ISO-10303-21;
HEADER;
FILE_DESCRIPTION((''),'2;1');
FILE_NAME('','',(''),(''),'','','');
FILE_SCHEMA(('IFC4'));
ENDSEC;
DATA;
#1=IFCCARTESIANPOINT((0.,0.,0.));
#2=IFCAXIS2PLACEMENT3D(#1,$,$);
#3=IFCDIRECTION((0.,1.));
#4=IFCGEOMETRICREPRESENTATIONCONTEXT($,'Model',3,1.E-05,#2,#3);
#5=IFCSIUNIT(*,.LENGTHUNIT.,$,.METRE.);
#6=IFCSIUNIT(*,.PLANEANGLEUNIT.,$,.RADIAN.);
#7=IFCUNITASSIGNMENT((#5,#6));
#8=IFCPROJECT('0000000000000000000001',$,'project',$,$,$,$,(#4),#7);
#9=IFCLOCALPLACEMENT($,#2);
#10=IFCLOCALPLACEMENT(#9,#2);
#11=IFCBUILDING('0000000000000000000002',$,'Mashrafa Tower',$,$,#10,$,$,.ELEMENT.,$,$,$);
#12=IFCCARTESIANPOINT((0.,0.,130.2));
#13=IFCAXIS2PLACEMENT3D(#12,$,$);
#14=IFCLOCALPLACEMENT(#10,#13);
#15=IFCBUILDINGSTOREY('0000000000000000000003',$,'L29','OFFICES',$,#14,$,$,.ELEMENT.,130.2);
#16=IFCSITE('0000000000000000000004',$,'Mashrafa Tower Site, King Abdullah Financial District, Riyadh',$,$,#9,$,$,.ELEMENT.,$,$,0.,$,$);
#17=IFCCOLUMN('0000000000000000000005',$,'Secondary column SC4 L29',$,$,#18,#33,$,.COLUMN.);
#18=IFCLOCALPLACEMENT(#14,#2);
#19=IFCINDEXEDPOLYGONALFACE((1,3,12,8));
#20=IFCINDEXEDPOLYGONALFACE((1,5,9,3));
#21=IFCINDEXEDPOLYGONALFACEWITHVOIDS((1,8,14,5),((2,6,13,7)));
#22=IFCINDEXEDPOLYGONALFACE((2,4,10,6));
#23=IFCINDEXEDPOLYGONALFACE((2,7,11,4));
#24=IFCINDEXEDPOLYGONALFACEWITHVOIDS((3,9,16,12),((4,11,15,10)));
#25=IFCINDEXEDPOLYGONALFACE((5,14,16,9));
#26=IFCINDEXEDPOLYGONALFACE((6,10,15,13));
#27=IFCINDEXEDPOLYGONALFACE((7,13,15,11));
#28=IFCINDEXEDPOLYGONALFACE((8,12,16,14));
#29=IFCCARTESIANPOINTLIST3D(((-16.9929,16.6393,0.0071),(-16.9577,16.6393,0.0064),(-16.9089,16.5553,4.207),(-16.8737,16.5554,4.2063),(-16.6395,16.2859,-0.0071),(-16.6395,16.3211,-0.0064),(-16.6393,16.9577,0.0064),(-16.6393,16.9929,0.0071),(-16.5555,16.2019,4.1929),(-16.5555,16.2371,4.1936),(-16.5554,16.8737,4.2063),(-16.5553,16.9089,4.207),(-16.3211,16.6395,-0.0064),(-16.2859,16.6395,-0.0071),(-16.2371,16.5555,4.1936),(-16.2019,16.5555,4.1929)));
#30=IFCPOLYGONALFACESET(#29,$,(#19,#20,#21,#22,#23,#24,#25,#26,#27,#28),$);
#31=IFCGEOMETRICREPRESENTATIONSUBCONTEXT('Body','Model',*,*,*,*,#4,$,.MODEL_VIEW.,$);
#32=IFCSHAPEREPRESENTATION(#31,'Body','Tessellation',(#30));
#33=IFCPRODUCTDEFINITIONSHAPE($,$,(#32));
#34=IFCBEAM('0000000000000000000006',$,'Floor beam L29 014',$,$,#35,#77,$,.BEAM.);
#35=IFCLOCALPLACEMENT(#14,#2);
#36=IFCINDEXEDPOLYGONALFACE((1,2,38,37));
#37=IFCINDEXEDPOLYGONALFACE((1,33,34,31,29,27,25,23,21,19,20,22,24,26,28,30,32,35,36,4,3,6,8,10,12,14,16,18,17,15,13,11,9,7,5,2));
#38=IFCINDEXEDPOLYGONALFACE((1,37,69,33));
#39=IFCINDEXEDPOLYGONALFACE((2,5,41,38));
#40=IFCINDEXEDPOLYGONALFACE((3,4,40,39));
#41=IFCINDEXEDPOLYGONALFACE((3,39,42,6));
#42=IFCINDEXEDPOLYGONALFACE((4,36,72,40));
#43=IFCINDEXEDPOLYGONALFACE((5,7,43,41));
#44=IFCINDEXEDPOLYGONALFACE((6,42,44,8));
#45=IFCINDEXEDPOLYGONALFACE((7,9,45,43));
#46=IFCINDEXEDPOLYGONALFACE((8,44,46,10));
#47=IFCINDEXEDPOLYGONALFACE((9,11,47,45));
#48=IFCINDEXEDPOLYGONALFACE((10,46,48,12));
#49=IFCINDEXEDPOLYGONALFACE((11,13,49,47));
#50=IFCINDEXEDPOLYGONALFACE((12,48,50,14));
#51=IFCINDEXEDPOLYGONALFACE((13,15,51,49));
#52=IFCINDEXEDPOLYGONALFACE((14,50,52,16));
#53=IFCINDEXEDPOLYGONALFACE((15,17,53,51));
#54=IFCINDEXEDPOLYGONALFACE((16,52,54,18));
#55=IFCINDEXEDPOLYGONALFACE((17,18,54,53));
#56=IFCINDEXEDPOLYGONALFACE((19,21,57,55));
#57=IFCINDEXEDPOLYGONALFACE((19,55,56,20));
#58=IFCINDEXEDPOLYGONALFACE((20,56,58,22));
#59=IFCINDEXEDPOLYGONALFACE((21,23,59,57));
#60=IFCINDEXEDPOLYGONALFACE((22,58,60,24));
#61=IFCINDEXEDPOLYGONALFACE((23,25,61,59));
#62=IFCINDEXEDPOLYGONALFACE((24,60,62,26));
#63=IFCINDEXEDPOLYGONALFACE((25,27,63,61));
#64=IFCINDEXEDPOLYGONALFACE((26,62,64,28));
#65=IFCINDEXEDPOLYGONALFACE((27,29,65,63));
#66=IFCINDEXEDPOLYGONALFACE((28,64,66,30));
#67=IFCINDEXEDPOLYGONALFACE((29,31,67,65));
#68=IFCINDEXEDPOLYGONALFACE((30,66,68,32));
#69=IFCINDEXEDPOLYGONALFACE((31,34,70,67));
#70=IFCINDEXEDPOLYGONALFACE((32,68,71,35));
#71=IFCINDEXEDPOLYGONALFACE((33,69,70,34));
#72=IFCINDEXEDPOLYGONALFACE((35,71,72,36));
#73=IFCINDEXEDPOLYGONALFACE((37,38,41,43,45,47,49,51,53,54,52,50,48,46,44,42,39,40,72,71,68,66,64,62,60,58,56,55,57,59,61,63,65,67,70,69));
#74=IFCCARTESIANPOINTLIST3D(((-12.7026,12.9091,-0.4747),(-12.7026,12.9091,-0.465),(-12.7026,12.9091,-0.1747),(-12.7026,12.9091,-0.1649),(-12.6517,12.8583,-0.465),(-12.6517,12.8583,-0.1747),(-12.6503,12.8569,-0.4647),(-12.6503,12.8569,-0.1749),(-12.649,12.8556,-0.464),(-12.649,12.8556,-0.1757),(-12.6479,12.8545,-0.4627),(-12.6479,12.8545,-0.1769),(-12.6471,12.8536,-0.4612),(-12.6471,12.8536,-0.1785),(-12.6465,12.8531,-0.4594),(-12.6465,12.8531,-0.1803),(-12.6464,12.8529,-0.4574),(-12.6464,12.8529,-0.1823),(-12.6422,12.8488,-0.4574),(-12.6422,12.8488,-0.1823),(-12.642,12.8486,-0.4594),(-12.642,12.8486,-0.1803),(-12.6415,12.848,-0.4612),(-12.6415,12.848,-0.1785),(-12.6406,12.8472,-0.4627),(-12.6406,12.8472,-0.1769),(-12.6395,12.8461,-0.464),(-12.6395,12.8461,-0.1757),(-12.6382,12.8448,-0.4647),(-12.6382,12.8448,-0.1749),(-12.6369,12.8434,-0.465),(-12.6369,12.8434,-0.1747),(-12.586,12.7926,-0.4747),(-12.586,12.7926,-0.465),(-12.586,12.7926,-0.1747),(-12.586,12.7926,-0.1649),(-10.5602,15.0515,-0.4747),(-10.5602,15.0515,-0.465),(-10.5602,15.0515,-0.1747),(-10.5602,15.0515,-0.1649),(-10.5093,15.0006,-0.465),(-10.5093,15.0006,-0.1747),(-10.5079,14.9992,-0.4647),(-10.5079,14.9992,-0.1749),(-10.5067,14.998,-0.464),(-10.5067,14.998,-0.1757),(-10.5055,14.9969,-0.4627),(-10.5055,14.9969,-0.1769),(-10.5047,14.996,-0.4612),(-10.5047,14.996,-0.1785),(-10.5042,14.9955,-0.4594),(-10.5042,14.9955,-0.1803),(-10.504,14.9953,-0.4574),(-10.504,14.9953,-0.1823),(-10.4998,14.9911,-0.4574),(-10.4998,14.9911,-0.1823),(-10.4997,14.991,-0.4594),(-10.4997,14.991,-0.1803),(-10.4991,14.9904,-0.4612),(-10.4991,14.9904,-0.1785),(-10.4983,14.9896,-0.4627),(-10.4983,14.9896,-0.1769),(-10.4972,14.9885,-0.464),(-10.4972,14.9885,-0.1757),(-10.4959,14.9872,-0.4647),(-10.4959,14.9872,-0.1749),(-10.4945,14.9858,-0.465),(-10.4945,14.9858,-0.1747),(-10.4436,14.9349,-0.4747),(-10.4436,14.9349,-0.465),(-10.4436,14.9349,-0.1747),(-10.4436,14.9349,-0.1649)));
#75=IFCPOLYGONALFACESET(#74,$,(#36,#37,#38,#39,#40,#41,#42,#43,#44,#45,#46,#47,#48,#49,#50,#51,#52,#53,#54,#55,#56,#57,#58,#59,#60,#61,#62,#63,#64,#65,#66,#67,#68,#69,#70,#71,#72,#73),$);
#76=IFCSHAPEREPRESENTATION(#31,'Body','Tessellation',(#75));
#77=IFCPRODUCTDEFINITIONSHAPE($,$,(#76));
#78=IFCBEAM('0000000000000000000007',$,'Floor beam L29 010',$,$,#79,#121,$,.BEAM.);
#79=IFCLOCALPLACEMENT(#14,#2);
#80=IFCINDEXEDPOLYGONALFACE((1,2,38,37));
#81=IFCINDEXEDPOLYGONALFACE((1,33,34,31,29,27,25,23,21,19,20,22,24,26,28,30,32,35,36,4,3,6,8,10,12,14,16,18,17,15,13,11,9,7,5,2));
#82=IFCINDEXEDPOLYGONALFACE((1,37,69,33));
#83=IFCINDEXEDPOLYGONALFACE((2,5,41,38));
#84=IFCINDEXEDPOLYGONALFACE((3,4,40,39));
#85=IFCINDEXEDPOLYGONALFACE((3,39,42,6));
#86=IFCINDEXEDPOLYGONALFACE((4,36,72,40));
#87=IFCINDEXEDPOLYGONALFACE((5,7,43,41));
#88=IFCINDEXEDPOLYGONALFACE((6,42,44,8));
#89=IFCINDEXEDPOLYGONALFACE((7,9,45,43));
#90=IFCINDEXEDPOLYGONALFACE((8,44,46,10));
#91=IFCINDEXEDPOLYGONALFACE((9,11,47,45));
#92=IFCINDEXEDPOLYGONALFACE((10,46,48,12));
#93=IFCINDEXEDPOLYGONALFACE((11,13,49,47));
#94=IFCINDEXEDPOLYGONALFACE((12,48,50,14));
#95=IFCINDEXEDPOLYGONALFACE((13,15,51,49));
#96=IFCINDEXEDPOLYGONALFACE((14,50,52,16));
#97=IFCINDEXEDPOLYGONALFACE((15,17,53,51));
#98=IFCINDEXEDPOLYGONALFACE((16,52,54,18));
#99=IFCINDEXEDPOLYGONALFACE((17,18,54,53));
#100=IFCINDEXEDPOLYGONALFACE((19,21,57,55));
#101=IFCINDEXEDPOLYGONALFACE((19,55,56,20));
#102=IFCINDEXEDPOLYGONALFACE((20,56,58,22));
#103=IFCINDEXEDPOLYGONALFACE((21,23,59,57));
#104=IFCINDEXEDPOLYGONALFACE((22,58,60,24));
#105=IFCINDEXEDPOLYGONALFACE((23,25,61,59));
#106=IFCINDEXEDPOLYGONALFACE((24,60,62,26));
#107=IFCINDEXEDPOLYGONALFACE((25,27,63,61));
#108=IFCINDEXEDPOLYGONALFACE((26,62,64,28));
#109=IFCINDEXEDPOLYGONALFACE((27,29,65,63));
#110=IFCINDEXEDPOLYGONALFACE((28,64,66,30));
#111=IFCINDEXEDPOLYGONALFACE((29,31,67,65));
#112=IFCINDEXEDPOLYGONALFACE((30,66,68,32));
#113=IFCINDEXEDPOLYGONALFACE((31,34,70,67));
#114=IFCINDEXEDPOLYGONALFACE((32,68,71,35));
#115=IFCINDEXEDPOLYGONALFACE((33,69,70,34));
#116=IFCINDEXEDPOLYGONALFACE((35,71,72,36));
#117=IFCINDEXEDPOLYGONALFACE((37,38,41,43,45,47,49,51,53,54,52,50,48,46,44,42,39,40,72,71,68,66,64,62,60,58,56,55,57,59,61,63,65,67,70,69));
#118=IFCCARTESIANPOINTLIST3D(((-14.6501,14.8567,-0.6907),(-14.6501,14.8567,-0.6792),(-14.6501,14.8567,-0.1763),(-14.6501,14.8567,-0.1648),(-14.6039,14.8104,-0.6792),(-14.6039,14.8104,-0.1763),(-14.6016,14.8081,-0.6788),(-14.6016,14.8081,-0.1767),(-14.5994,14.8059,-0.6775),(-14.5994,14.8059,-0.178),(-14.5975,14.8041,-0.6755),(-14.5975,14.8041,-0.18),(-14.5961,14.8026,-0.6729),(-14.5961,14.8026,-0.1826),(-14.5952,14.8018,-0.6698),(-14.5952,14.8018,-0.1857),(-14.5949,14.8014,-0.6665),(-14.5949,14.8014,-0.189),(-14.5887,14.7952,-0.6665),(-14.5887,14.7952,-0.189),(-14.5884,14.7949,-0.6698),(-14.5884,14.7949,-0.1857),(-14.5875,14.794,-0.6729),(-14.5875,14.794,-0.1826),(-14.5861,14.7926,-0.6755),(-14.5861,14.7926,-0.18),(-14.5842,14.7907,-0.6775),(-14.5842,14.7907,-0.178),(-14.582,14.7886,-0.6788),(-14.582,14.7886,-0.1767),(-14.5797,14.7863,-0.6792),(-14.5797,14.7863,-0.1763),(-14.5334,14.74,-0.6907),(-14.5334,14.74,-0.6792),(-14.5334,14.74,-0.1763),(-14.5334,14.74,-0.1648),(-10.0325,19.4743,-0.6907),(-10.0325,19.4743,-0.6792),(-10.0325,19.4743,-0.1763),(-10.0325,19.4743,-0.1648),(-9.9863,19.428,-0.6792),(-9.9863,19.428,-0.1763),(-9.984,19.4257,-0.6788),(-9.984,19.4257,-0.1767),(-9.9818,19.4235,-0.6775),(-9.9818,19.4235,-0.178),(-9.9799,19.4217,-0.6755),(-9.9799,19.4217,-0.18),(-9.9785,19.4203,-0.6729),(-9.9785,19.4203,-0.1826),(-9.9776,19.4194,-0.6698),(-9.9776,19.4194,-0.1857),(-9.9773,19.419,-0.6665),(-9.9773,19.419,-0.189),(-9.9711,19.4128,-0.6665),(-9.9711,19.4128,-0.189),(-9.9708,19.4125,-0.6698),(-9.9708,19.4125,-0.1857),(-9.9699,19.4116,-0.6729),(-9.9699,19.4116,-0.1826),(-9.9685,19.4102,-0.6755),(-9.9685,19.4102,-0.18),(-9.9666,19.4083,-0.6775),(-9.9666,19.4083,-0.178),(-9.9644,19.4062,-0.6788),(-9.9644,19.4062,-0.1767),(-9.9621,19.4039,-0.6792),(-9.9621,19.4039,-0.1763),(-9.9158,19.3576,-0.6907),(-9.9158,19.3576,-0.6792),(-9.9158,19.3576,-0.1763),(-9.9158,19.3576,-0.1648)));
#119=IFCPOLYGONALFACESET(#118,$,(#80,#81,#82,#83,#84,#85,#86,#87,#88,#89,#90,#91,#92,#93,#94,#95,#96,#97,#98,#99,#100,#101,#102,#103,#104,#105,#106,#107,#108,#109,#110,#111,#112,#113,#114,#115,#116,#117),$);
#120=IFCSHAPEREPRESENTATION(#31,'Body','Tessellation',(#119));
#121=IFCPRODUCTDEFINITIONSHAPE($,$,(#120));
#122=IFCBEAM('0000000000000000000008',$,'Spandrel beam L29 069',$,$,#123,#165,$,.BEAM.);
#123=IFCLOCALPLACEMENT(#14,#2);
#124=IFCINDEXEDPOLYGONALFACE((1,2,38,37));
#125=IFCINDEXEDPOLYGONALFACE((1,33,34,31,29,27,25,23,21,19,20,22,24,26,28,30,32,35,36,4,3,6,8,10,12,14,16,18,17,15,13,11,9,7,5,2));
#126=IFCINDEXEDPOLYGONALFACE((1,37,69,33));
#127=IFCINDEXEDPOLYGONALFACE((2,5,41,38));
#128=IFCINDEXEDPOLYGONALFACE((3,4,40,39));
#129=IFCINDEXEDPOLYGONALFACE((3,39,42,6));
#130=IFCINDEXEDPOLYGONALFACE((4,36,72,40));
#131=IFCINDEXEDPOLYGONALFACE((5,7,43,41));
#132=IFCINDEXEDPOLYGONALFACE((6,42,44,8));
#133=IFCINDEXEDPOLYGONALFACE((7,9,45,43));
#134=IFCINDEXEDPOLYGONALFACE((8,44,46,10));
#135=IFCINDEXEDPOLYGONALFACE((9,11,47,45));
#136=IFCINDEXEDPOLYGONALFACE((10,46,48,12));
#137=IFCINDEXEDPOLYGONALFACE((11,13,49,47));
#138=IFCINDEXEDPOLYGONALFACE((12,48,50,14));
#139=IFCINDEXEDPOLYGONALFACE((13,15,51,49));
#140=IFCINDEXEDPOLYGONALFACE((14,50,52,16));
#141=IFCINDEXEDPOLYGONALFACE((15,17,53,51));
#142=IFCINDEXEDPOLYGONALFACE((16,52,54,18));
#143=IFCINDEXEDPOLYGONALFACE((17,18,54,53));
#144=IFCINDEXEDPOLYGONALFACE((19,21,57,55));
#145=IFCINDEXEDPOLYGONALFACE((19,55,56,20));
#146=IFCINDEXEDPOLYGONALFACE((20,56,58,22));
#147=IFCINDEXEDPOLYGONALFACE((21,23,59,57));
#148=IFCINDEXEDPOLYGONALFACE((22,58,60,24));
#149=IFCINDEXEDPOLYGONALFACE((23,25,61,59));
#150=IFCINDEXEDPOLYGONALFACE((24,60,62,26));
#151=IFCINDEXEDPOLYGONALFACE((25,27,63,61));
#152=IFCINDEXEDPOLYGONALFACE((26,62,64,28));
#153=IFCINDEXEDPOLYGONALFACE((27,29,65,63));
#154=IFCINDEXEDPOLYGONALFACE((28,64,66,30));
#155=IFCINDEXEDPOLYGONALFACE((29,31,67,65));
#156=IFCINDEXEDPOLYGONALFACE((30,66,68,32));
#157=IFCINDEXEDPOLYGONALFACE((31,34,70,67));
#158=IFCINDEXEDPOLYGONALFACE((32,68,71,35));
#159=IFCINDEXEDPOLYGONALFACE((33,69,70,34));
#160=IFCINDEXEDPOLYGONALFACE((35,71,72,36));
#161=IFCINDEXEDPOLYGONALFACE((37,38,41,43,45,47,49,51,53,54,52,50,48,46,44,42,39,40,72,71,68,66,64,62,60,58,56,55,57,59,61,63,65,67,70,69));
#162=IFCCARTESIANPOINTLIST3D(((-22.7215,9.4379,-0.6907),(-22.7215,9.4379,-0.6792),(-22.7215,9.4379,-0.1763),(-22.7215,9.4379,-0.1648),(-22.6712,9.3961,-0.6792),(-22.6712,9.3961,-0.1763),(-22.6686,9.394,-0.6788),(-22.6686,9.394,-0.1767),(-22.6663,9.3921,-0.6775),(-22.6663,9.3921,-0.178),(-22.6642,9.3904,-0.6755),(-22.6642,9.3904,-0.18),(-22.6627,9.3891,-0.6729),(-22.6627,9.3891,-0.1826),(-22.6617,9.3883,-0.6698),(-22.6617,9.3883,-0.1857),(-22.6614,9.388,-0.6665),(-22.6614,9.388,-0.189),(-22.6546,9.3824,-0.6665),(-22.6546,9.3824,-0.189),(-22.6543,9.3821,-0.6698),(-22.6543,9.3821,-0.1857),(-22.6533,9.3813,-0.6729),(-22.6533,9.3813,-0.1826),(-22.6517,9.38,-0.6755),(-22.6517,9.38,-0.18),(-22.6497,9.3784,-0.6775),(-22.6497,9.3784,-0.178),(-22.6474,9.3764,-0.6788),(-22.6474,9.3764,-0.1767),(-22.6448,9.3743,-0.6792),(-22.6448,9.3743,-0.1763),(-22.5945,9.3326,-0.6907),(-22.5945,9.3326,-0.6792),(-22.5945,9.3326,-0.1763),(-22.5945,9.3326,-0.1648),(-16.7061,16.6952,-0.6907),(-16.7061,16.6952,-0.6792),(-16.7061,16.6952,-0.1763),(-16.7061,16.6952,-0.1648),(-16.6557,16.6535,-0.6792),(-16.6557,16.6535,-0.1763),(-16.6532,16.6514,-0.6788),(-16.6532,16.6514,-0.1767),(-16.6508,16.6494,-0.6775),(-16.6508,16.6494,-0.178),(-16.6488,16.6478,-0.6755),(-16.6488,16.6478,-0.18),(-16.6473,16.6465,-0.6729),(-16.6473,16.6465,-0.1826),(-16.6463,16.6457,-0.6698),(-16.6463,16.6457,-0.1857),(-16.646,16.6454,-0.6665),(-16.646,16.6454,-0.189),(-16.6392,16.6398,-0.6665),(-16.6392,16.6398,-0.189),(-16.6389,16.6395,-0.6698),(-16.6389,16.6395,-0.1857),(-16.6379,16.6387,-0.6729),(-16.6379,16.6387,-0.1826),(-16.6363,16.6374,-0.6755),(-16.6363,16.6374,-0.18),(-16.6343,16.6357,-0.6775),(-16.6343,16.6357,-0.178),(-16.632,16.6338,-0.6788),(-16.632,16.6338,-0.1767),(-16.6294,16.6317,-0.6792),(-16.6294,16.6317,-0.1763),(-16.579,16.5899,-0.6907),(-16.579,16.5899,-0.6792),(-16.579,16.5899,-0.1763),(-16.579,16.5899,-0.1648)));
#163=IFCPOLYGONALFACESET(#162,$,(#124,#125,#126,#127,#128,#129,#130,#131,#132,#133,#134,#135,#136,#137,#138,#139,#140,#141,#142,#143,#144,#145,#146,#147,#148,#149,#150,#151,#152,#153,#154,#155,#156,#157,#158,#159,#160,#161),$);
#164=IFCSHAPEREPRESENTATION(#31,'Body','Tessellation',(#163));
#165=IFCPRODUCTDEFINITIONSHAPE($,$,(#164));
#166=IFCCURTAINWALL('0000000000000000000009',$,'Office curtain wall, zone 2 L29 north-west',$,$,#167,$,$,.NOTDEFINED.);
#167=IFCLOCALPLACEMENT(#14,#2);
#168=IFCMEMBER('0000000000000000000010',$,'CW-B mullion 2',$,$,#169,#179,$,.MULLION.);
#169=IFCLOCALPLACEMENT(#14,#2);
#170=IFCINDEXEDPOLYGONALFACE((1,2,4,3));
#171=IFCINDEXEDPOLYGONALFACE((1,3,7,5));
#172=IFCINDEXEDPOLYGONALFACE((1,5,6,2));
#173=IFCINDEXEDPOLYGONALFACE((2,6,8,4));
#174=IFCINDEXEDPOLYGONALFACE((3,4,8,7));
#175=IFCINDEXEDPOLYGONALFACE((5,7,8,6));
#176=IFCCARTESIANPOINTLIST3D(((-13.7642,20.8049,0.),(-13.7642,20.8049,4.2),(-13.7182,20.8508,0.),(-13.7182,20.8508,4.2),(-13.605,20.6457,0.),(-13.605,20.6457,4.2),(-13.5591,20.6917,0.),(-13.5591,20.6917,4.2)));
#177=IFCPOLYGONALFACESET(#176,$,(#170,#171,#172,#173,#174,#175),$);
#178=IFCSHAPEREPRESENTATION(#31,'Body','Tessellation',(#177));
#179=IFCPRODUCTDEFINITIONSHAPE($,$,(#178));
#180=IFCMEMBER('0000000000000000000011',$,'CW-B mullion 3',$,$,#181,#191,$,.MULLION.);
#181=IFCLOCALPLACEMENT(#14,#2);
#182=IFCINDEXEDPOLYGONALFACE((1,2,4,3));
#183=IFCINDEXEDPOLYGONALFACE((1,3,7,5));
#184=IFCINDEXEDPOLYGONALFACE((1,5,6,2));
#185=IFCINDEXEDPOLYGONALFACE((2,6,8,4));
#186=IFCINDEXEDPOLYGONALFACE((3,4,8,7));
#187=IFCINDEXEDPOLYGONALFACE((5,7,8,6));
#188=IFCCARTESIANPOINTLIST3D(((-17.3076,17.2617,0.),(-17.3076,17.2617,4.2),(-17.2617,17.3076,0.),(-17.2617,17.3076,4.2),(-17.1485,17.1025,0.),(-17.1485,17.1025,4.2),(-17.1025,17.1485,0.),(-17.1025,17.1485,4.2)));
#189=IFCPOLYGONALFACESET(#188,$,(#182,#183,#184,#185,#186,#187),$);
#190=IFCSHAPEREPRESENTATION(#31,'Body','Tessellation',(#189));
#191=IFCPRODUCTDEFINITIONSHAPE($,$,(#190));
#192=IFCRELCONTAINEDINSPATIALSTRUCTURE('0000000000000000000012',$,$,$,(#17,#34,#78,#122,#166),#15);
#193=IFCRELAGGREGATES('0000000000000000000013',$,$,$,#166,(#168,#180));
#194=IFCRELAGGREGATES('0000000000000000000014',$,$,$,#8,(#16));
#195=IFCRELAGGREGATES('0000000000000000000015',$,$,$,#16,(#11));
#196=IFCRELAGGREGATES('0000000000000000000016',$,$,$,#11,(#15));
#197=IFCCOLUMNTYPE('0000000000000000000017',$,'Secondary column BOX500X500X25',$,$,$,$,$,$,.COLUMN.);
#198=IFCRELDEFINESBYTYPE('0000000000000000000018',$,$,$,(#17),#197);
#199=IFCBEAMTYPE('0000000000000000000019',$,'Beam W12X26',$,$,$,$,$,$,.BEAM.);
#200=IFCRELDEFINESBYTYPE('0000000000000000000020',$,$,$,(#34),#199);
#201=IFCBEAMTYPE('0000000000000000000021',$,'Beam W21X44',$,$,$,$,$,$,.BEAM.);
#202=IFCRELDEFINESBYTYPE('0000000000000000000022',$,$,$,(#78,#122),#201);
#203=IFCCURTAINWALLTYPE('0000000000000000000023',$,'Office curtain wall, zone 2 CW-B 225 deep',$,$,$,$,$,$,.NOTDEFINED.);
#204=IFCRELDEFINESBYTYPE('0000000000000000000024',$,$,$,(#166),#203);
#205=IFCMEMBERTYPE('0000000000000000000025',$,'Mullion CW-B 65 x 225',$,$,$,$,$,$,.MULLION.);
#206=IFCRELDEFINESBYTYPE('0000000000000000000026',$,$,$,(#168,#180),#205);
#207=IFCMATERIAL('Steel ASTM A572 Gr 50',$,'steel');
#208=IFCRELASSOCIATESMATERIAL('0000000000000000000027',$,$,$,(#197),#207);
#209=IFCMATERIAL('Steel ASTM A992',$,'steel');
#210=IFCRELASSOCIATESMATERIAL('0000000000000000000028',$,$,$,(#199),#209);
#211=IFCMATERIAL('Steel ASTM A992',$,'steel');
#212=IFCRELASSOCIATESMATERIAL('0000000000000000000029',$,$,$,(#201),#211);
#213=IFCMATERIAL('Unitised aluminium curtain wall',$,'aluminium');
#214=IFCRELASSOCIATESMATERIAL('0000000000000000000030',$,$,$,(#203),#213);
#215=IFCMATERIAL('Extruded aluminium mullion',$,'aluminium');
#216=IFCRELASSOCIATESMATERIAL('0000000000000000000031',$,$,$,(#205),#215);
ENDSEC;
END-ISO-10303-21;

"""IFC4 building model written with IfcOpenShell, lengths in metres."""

from ifc_helpers import new_model, si_unit, direction, frame, origin, origin_2d, place, context, subcontext, project, spatial, rectangle, hollow_rectangle, i_section, extrude, source, transform, mapped, material, material_profile, profile_set, type_object, type_shapes, element, aggregate, save


model = new_model("IFC4")

# Units and contexts
model_context = context("Model", 3, precision=1e-05, world=origin(), true_north=direction((0.0, 1.0)))
body_context = subcontext(model_context, "Body", "Model", "MODEL_VIEW")
ifc_project = project(units=[si_unit("LENGTHUNIT", "METRE"), si_unit("PLANEANGLEUNIT", "RADIAN")], contexts=[model_context])

# Site, building, storey
site_placement = place(None, origin())
site = spatial("IfcSite", under=ifc_project, at=site_placement, Name="Mashrafa Tower Site, King Abdullah Financial District, Riyadh", CompositionType="ELEMENT", RefElevation=0.0)
building_placement = place(site_placement, origin())
building = spatial("IfcBuilding", under=site, at=building_placement, Name="Mashrafa Tower", CompositionType="ELEMENT")
storey_placement = place(building_placement, frame((0.0, 0.0, 130.2)))
storey = spatial("IfcBuildingStorey", under=building, at=storey_placement, Name="L29", Description="OFFICES", CompositionType="ELEMENT", Elevation=130.2)

# Column
ifc_material_1 = material(Name="Steel ASTM A572 Gr 50", Category="steel")
ifc_material_profile_1 = material_profile(ifc_material_1, hollow_rectangle(XDim=0.5, YDim=0.5, WallThickness=0.0249, at=origin_2d()), Name="BOX500X500X25")
ifc_profile_set_1 = profile_set([ifc_material_profile_1], Name="Steel ASTM A572 Gr 50")
column_type = type_object("IfcColumnType", Name="Secondary column BOX500X500X25", PredefinedType="COLUMN", material=ifc_profile_set_1)
column_placement = place(storey_placement, frame((-16.6394, 16.6394, 0.0), z_axis=(0.019989, -0.019989, 0.9996), x_axis=(0.707107, 0.707107, 0.0)))
element("IfcColumn", 1, at=column_placement, inside=storey, type_object=column_type, Name="Secondary column SC4 L29", PredefinedType="COLUMN", context=body_context, shape_type="SweptSolid", body=[
    extrude(hollow_rectangle(XDim=0.5, YDim=0.5, WallThickness=0.0249, at=origin_2d()), origin(), (0.0, 0.0, 1.0), 4.2017),
])

# Beams
ifc_material_2 = material(Name="Steel ASTM A992", Category="steel")
ifc_material_profile_2 = material_profile(ifc_material_2, i_section(OverallWidth=0.1648, OverallDepth=0.3098, WebThickness=0.0059, FlangeThickness=0.0098, FilletRadius=0.0076, at=origin_2d()), Name="W12X26")
ifc_profile_set_2 = profile_set([ifc_material_profile_2], Name="Steel ASTM A992")
beam_type_1 = type_object("IfcBeamType", Name="Beam W12X26", PredefinedType="BEAM", material=ifc_profile_set_2)
beam_1_placement = place(storey_placement, frame((-12.6443, 12.8508, -0.3198), z_axis=(0.707107, 0.707107, 0.0), x_axis=(-0.707107, 0.707107, 0.0)))
element("IfcBeam", 2, at=beam_1_placement, inside=storey, type_object=beam_type_1, Name="Floor beam L29 014", PredefinedType="BEAM", context=body_context, shape_type="SweptSolid", body=[
    extrude(i_section(OverallWidth=0.1648, OverallDepth=0.3098, WebThickness=0.0059, FlangeThickness=0.0098, FilletRadius=0.0076, at=origin_2d()), origin(), (0.0, 0.0, 1.0), 3.0298),
])
ifc_material_3 = material(Name="Steel ASTM A992", Category="steel")
ifc_material_profile_3 = material_profile(ifc_material_3, i_section(OverallWidth=0.165, OverallDepth=0.5259, WebThickness=0.0088, FlangeThickness=0.0115, FilletRadius=0.0127, at=origin_2d()), Name="W21X44")
ifc_profile_set_3 = profile_set([ifc_material_profile_3], Name="Steel ASTM A992")
beam_type_2 = type_object("IfcBeamType", Name="Beam W21X44", PredefinedType="BEAM", material=ifc_profile_set_3)
beam_2_placement = place(storey_placement, frame((-14.5918, 14.7983, -0.4277), z_axis=(0.707107, 0.707107, 0.0), x_axis=(-0.707107, 0.707107, 0.0)))
element("IfcBeam", 3, at=beam_2_placement, inside=storey, type_object=beam_type_2, Name="Floor beam L29 010", PredefinedType="BEAM", context=body_context, shape_type="SweptSolid", body=[
    extrude(i_section(OverallWidth=0.165, OverallDepth=0.5259, WebThickness=0.0088, FlangeThickness=0.0115, FilletRadius=0.0127, at=origin_2d()), origin(), (0.0, 0.0, 1.0), 6.5303),
])
beam_3_placement = place(storey_placement, frame((-16.6426, 16.6426, -0.4277), z_axis=(-0.638154, -0.769908, 0.0), x_axis=(0.769908, -0.638154, 0.0)))
element("IfcBeam", 4, at=beam_3_placement, inside=storey, type_object=beam_type_2, Name="Spandrel beam L29 069", PredefinedType="BEAM", context=body_context, shape_type="SweptSolid", body=[
    extrude(i_section(OverallWidth=0.165, OverallDepth=0.5259, WebThickness=0.0088, FlangeThickness=0.0115, FilletRadius=0.0127, at=origin_2d()), origin(), (0.0, 0.0, 1.0), 9.4263),
])

# Curtain wall, members
ifc_material_4 = material(Name="Unitised aluminium curtain wall", Category="aluminium")
curtain_wall_type = type_object("IfcCurtainWallType", Name="Office curtain wall, zone 2 CW-B 225 deep", PredefinedType="NOTDEFINED", material=ifc_material_4)
curtain_wall_placement = place(storey_placement, origin())
curtain_wall = element("IfcCurtainWall", 5, at=curtain_wall_placement, inside=storey, type_object=curtain_wall_type, Name="Office curtain wall, zone 2 L29 north-west", PredefinedType="NOTDEFINED")
ifc_material_5 = material(Name="Extruded aluminium mullion", Category="aluminium")
ifc_material_profile_4 = material_profile(ifc_material_5, rectangle(XDim=0.2251, YDim=0.0649, at=origin_2d()), Name="Mullion 65x225")
ifc_profile_set_4 = profile_set([ifc_material_profile_4], Name="Extruded aluminium mullion")
member_type_1 = type_object("IfcMemberType", Name="Mullion CW-B 65 x 225", PredefinedType="MULLION", material=ifc_profile_set_4)
shared_shape_1 = source(origin(), body_context, "Body", "SweptSolid", [
    extrude(rectangle(XDim=0.2251, YDim=0.0649, at=origin_2d()), origin(), (0.0, 0.0, 1.0), 4.2),
])
type_shapes(member_type_1, [shared_shape_1])
member_1_placement = place(storey_placement, frame((-13.6616, 20.7483, 0.0), z_axis=(0.0, 0.0, 1.0), x_axis=(0.707107, -0.707107, 0.0)))
member_1 = element("IfcMember", 6, at=member_1_placement, type_object=member_type_1, Name="CW-B mullion 2", PredefinedType="MULLION", context=body_context, shape_type="MappedRepresentation", body=[
    mapped(shared_shape_1, transform((0.0, 0.0, 0.0))),
])
member_2_placement = place(storey_placement, frame((-17.2051, 17.2051, 0.0), z_axis=(0.0, 0.0, 1.0), x_axis=(0.707107, -0.707107, 0.0)))
member_2 = element("IfcMember", 7, at=member_2_placement, type_object=member_type_1, Name="CW-B mullion 3", PredefinedType="MULLION", context=body_context, shape_type="MappedRepresentation", body=[
    mapped(shared_shape_1, transform((0.0, 0.0, 0.0))),
])
aggregate(curtain_wall, [member_1, member_2])

save(model, "model.ifc")
